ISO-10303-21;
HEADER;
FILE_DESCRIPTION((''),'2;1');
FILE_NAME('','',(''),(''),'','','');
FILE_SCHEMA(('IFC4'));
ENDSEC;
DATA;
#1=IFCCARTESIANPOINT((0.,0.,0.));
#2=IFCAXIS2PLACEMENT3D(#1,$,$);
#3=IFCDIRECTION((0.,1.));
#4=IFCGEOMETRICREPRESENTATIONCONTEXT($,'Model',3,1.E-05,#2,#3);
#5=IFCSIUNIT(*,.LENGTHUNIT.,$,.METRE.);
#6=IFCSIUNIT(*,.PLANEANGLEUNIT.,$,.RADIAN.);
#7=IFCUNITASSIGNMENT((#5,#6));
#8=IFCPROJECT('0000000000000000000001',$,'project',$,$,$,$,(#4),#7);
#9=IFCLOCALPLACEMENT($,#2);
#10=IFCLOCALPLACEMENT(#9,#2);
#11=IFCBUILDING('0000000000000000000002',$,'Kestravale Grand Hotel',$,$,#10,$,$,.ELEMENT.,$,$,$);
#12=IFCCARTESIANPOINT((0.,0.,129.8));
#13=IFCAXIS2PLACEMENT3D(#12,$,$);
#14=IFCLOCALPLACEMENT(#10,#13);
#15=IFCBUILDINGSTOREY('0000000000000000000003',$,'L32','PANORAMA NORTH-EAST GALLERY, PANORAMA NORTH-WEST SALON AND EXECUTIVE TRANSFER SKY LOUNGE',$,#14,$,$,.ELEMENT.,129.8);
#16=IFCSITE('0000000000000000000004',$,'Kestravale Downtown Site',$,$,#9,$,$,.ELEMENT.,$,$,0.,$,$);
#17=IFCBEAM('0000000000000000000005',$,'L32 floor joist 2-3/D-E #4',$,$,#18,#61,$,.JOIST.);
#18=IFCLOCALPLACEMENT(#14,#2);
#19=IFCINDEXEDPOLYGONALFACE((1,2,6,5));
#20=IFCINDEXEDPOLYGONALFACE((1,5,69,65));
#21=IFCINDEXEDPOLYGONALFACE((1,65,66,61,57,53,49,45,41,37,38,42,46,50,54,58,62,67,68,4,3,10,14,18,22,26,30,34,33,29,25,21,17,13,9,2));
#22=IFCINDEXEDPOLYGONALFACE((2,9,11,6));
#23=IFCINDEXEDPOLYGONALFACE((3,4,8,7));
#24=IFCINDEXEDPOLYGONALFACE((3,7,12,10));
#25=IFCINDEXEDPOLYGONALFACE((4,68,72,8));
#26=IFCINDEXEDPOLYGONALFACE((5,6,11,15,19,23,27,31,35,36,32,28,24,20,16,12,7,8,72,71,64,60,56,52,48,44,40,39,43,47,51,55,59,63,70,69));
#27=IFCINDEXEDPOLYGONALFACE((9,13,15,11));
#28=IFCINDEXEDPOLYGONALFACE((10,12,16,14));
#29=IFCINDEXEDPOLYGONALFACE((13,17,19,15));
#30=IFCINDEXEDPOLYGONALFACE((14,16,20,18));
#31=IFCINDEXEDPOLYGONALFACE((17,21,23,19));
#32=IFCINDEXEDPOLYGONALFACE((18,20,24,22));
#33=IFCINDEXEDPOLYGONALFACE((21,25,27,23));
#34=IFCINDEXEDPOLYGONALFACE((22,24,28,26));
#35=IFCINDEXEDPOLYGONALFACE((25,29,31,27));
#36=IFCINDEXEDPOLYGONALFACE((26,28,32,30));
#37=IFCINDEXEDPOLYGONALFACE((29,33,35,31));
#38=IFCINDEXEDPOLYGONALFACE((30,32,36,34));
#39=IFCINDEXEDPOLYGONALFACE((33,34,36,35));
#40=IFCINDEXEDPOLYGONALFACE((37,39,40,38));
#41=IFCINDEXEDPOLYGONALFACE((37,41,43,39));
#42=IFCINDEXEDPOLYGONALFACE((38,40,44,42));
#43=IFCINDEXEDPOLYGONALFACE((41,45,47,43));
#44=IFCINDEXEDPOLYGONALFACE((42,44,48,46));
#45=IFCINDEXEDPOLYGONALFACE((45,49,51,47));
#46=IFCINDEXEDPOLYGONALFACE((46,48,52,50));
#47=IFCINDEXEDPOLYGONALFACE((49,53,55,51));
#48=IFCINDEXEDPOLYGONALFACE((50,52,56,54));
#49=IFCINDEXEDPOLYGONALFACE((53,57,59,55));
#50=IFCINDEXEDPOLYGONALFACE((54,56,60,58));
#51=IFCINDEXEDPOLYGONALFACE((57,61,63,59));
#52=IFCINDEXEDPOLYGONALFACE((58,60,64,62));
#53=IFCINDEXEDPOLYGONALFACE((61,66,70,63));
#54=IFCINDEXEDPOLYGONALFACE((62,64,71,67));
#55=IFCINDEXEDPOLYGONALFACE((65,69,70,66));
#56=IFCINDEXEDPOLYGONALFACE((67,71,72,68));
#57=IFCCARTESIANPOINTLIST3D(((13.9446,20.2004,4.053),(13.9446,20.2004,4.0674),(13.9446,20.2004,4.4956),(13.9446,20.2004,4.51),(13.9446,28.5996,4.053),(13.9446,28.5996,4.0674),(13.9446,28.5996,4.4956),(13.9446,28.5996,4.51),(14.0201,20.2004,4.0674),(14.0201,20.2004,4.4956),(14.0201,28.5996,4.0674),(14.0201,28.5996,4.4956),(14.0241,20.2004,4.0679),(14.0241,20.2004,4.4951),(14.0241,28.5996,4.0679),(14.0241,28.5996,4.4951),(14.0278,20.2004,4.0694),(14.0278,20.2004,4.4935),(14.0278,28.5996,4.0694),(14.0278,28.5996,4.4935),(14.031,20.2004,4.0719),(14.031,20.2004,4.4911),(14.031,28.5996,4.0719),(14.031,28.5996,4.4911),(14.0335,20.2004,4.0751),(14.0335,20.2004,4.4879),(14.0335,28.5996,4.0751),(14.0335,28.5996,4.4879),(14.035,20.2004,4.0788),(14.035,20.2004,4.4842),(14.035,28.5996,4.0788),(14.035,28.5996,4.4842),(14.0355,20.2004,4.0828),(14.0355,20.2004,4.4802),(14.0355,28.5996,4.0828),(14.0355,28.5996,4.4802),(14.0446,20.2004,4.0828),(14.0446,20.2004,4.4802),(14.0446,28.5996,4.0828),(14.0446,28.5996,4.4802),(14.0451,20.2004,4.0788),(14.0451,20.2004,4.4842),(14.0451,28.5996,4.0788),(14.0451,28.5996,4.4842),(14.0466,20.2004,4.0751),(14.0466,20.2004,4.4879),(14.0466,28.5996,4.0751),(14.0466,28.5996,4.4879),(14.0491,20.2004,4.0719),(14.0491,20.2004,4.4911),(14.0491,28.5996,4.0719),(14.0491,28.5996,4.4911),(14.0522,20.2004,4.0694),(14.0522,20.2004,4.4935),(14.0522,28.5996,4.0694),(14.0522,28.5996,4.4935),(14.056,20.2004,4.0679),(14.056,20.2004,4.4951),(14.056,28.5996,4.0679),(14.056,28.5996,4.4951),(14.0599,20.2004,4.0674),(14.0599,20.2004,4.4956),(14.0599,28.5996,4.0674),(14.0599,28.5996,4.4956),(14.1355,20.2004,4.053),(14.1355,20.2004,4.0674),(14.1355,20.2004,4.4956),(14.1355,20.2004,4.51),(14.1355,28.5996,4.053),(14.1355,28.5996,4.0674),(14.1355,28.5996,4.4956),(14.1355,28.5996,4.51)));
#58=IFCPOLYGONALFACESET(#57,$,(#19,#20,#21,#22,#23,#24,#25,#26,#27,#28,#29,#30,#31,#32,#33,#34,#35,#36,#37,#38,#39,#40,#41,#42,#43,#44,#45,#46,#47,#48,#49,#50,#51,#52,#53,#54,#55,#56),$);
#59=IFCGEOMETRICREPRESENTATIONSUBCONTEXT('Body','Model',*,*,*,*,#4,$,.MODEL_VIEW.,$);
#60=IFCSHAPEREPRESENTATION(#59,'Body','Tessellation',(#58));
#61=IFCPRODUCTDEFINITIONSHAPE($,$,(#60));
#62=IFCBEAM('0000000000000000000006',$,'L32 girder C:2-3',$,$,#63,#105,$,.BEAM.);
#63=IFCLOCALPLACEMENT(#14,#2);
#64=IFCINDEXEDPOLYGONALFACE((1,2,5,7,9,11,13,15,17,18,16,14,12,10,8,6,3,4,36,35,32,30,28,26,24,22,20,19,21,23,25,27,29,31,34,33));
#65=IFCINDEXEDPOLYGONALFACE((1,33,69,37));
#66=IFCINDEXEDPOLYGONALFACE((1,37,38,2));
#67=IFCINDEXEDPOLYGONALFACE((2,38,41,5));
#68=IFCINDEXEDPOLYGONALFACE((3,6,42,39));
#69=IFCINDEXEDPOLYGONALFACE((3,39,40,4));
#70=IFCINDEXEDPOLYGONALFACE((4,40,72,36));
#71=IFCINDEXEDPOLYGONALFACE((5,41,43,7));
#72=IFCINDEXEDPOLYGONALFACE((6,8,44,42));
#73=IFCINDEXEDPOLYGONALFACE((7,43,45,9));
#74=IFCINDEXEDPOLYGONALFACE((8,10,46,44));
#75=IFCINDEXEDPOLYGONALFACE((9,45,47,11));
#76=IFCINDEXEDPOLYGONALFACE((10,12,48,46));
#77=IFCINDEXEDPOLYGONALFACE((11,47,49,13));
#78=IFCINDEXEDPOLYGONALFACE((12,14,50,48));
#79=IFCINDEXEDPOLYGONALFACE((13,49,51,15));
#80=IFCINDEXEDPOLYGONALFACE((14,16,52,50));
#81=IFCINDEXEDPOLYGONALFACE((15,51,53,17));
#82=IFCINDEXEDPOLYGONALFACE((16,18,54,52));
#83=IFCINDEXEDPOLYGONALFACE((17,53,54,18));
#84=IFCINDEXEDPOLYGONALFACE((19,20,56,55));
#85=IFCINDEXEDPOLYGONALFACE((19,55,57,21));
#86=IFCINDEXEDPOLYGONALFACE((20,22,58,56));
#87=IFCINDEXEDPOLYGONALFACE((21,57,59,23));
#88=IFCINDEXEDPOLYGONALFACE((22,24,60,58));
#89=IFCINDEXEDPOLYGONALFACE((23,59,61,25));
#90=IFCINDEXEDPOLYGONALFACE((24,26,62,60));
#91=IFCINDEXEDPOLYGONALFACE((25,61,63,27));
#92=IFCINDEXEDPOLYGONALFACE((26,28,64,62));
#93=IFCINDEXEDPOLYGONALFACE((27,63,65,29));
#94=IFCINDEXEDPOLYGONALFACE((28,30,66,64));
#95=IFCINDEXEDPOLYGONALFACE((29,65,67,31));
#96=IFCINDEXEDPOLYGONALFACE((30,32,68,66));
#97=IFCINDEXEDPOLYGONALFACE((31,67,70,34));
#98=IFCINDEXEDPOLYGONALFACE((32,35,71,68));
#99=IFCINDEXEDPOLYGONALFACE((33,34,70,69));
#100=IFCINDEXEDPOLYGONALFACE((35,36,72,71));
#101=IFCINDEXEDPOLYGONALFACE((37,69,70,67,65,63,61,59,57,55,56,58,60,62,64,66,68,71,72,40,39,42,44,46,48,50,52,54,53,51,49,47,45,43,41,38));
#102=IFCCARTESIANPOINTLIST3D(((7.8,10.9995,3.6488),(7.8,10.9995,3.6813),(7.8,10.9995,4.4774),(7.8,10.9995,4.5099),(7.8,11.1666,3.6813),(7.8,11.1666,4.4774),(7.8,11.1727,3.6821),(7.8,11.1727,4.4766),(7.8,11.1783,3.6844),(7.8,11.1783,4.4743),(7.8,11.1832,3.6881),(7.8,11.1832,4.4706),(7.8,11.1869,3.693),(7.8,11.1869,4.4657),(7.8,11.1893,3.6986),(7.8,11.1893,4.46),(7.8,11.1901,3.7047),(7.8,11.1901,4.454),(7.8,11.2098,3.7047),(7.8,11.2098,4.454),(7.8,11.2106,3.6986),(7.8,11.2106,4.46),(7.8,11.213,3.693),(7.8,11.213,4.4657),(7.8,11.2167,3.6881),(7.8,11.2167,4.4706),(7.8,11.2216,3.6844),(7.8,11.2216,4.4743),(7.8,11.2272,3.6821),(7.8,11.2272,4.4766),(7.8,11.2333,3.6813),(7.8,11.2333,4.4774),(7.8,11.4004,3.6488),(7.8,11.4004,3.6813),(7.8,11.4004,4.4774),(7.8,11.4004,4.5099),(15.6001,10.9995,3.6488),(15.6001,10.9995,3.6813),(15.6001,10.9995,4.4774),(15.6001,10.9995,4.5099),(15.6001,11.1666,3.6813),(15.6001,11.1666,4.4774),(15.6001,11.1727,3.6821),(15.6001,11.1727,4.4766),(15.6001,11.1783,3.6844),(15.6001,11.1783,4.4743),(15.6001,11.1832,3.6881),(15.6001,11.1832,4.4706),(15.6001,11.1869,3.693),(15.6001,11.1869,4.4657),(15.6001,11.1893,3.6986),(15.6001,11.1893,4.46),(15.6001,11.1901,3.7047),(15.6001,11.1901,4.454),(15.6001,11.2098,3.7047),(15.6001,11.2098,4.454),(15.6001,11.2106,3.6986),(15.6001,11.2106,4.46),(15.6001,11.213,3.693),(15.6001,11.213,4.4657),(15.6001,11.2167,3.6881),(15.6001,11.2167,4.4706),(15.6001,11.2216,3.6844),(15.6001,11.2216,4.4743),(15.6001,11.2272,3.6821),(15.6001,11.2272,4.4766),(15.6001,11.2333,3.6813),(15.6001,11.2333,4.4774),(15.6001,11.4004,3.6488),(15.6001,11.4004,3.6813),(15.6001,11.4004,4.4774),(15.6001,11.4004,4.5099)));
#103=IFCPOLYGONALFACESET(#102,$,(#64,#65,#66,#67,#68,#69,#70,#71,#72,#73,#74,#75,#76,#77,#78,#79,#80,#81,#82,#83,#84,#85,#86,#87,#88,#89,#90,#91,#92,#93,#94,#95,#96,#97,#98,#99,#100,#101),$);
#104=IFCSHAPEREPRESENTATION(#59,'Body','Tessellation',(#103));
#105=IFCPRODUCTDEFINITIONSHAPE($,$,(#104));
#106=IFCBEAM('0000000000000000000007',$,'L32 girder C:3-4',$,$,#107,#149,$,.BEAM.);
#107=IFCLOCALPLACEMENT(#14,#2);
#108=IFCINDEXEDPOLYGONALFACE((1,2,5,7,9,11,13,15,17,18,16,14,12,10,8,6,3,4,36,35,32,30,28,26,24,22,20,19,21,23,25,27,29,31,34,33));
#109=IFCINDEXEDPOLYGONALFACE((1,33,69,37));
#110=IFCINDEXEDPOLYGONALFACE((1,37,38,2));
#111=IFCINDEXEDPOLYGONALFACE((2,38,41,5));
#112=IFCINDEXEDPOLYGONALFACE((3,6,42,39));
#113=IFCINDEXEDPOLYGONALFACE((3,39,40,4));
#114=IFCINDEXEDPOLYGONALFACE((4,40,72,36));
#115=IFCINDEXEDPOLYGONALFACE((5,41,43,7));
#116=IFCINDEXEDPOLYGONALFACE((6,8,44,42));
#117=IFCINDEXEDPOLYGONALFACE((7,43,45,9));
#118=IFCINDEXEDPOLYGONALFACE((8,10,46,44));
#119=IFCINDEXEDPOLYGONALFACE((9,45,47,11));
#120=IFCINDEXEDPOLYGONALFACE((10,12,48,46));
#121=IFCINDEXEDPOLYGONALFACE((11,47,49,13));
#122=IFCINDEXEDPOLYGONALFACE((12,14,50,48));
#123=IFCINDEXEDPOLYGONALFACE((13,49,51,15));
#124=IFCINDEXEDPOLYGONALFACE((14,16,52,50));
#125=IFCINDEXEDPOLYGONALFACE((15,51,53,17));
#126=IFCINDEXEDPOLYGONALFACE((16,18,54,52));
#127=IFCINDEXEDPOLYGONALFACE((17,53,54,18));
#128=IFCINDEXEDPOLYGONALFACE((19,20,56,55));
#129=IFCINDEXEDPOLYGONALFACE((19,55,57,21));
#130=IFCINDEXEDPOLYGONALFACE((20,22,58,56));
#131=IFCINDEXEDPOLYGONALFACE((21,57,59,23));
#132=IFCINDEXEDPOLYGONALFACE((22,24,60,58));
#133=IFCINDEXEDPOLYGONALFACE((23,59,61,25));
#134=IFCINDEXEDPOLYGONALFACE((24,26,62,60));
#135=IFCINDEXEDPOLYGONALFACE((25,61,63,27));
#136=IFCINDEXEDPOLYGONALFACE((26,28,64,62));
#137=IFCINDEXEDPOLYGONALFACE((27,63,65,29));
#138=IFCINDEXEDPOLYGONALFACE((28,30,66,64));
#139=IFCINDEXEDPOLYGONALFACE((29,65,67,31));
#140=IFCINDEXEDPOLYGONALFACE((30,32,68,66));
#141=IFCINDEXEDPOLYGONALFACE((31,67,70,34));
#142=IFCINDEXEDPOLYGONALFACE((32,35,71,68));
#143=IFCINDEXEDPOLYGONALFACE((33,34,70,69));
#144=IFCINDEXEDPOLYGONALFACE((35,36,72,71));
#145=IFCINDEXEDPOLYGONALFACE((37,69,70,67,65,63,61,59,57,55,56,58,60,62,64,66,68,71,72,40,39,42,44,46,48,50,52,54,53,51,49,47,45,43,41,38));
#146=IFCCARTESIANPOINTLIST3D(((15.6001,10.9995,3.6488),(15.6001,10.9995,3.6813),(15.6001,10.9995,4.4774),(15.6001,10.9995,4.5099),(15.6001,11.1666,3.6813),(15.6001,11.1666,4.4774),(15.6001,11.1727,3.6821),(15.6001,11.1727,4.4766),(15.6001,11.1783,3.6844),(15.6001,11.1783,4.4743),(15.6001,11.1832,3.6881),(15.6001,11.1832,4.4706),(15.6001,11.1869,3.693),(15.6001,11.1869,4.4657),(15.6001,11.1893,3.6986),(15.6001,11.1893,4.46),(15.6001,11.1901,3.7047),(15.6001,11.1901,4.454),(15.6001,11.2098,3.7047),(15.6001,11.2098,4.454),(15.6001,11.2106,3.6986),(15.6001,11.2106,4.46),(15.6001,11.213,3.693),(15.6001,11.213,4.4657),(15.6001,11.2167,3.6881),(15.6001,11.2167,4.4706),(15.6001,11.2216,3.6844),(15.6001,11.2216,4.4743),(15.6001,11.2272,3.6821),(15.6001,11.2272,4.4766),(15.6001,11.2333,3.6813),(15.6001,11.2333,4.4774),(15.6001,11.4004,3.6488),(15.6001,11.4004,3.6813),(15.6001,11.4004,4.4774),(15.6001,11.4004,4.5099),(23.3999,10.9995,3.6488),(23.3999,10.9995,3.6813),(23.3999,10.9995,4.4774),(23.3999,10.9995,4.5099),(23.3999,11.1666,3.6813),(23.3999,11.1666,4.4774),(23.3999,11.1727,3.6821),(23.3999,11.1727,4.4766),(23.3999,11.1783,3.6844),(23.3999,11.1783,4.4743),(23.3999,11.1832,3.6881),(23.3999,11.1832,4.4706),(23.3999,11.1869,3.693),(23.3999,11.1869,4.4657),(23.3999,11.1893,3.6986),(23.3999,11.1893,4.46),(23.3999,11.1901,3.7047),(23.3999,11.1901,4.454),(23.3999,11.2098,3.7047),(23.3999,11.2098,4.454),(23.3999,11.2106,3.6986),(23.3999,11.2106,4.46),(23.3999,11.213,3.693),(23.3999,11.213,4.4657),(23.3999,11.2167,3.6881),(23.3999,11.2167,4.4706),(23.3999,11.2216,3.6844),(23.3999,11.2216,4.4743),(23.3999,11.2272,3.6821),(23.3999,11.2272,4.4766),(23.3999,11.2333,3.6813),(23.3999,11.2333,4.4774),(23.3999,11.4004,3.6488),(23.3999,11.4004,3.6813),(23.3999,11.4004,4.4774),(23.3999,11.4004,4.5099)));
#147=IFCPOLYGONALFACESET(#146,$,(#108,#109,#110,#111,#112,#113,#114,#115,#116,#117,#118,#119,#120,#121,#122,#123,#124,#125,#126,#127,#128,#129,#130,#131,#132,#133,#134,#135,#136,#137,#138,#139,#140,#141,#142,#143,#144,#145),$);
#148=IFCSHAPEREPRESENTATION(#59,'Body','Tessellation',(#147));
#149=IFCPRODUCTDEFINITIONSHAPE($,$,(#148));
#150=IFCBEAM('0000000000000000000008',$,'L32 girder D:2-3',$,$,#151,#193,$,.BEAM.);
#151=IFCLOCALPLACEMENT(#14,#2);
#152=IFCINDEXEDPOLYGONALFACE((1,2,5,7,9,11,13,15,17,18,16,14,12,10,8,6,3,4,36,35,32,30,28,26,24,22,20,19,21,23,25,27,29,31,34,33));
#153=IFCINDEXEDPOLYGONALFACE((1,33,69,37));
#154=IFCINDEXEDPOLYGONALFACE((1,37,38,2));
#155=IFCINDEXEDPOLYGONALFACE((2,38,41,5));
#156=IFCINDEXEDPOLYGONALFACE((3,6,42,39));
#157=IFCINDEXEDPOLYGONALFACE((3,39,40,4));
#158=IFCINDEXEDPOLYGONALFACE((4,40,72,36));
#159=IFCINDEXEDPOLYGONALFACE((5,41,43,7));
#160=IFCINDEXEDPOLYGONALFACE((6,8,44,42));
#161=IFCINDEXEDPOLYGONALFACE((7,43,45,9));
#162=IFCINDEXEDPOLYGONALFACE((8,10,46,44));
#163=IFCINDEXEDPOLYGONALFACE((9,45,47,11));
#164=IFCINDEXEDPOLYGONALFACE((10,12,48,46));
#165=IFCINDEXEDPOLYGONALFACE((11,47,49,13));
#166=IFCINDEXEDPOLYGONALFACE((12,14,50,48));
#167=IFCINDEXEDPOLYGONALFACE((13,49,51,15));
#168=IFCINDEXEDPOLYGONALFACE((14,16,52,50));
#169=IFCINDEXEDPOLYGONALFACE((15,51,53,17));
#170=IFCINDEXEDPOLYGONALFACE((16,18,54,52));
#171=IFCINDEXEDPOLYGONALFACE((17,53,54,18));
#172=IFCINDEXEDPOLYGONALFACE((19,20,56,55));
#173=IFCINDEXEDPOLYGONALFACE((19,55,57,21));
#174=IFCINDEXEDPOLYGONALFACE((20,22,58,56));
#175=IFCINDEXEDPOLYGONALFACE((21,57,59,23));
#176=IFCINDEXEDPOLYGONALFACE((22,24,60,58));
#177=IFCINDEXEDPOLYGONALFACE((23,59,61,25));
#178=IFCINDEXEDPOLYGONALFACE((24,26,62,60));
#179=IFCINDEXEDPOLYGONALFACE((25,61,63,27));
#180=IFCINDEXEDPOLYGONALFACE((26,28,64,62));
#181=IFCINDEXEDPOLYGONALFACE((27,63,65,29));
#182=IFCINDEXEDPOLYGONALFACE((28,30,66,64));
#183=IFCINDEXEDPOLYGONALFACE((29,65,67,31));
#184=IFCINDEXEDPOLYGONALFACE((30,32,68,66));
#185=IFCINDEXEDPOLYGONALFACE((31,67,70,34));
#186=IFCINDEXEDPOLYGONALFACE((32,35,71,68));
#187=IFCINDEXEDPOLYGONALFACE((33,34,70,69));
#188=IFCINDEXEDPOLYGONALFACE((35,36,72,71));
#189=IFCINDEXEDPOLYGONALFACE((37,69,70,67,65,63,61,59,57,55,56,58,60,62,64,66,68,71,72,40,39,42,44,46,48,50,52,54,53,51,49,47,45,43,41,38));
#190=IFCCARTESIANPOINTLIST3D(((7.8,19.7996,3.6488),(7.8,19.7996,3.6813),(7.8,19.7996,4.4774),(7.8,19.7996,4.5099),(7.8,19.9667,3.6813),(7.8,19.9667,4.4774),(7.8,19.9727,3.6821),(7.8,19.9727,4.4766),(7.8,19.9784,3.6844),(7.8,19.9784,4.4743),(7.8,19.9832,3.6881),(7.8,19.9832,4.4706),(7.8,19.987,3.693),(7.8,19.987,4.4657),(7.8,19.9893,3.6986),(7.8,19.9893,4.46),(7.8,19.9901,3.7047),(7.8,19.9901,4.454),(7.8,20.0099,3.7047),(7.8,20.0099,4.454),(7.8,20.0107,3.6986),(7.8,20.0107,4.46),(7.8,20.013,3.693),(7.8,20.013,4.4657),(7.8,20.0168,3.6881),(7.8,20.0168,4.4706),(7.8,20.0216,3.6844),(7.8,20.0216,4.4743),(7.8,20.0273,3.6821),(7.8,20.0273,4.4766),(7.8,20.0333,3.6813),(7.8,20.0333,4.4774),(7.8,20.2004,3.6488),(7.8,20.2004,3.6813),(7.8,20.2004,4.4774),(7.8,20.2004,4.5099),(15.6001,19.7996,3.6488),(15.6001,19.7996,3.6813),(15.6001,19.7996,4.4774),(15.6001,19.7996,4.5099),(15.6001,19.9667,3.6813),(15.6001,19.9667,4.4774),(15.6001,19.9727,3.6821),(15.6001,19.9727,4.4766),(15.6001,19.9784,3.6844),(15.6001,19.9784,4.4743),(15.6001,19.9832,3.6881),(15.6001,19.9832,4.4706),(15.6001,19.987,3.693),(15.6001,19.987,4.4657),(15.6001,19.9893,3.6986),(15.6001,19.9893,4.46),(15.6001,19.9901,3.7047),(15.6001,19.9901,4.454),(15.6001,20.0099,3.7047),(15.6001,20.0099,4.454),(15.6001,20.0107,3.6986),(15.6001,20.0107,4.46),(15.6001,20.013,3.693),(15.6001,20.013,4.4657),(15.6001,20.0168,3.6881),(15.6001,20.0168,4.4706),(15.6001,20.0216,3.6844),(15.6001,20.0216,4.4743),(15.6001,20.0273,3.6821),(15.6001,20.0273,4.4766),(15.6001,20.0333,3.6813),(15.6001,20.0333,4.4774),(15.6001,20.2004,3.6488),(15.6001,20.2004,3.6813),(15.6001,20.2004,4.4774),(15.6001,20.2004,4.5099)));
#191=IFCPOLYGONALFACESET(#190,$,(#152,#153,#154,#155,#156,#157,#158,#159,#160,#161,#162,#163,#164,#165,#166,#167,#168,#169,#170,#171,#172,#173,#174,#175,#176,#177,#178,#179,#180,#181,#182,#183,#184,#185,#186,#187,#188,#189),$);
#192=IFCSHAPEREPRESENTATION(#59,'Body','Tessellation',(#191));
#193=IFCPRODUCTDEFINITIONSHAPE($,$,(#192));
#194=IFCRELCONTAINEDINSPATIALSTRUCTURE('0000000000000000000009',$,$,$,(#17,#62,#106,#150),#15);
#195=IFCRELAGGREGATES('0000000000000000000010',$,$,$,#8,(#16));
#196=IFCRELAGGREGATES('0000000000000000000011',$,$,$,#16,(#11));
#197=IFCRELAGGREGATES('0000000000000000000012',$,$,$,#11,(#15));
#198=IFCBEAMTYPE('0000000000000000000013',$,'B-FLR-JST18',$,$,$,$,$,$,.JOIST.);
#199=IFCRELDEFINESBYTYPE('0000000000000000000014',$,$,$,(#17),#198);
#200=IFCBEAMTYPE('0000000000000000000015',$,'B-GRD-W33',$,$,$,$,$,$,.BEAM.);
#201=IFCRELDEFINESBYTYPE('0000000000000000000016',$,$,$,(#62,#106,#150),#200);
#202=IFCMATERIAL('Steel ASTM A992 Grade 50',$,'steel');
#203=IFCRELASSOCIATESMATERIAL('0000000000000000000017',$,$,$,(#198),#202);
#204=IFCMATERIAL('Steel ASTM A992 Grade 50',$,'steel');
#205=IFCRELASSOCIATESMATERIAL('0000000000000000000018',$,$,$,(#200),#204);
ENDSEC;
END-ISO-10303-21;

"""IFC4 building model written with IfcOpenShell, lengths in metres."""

from ifc_helpers import new_model, si_unit, direction, frame, origin, origin_2d, place, context, subcontext, project, spatial, i_section, extrude, material, material_profile, profile_set, type_object, element, save


model = new_model("IFC4")

# Units and contexts
model_context = context("Model", 3, precision=1e-05, world=origin(), true_north=direction((0.0, 1.0)))
body_context = subcontext(model_context, "Body", "Model", "MODEL_VIEW")
ifc_project = project(units=[si_unit("LENGTHUNIT", "METRE"), si_unit("PLANEANGLEUNIT", "RADIAN")], contexts=[model_context])

# Site, building, storey
site_placement = place(None, origin())
site = spatial("IfcSite", under=ifc_project, at=site_placement, Name="Kestravale Downtown Site", CompositionType="ELEMENT", RefElevation=0.0)
building_placement = place(site_placement, origin())
building = spatial("IfcBuilding", under=site, at=building_placement, Name="Kestravale Grand Hotel", CompositionType="ELEMENT")
storey_placement = place(building_placement, frame((0.0, 0.0, 129.8)))
storey = spatial("IfcBuildingStorey", under=building, at=storey_placement, Name="L32", Description="PANORAMA NORTH-EAST GALLERY, PANORAMA NORTH-WEST SALON AND EXECUTIVE TRANSFER SKY LOUNGE", CompositionType="ELEMENT", Elevation=129.8)

# Beams
ifc_material_1 = material(Name="Steel ASTM A992 Grade 50", Category="steel")
ifc_material_profile_1 = material_profile(ifc_material_1, i_section(OverallWidth=0.1909, OverallDepth=0.457, WebThickness=0.009, FlangeThickness=0.0144, FilletRadius=0.0154, at=origin_2d()))
ifc_profile_set_1 = profile_set([ifc_material_profile_1], Name="Steel ASTM A992 Grade 50")
beam_type_1 = type_object("IfcBeamType", Name="B-FLR-JST18", PredefinedType="JOIST", material=ifc_profile_set_1)
for number, where, z_axis, x_axis, name in (
    (1, (14.04, 20.2004, 4.2815), (0.0, 1.0, 0.0), (-1.0, 0.0, 0.0), "L32 floor joist 2-3/D-E #4"),
):
    element("IfcBeam", number, at=place(storey_placement, frame(where, z_axis=z_axis, x_axis=x_axis)), inside=storey, type_object=beam_type_1, Name=name, PredefinedType="JOIST", context=body_context, shape_type="SweptSolid", body=[
        extrude(i_section(OverallWidth=0.1909, OverallDepth=0.457, WebThickness=0.009, FlangeThickness=0.0144, FilletRadius=0.0154, at=origin_2d()), origin(), (0.0, 0.0, 1.0), 8.3992),
    ])
ifc_material_2 = material(Name="Steel ASTM A992 Grade 50", Category="steel")
ifc_material_profile_2 = material_profile(ifc_material_2, i_section(OverallWidth=0.4009, OverallDepth=0.8611, WebThickness=0.0198, FlangeThickness=0.0325, FilletRadius=0.0234, at=origin_2d()))
ifc_profile_set_2 = profile_set([ifc_material_profile_2], Name="Steel ASTM A992 Grade 50")
beam_type_2 = type_object("IfcBeamType", Name="B-GRD-W33", PredefinedType="BEAM", material=ifc_profile_set_2)
beam_1_placement = place(storey_placement, frame((7.8, 11.2, 4.0793), z_axis=(1.0, 0.0, 0.0), x_axis=(0.0, 1.0, 0.0)))
element("IfcBeam", 2, at=beam_1_placement, inside=storey, type_object=beam_type_2, Name="L32 girder C:2-3", PredefinedType="BEAM", context=body_context, shape_type="SweptSolid", body=[
    extrude(i_section(OverallWidth=0.4009, OverallDepth=0.8611, WebThickness=0.0198, FlangeThickness=0.0325, FilletRadius=0.0234, at=origin_2d()), origin(), (0.0, 0.0, 1.0), 7.8),
])
beam_2_placement = place(storey_placement, frame((15.6001, 11.2, 4.0793), z_axis=(1.0, 0.0, 0.0), x_axis=(0.0, 1.0, 0.0)))
element("IfcBeam", 3, at=beam_2_placement, inside=storey, type_object=beam_type_2, Name="L32 girder C:3-4", PredefinedType="BEAM", context=body_context, shape_type="SweptSolid", body=[
    extrude(i_section(OverallWidth=0.4009, OverallDepth=0.8611, WebThickness=0.0198, FlangeThickness=0.0325, FilletRadius=0.0234, at=origin_2d()), origin(), (0.0, 0.0, 1.0), 7.7998),
])
beam_3_placement = place(storey_placement, frame((7.8, 20.0, 4.0793), z_axis=(1.0, 0.0, 0.0), x_axis=(0.0, 1.0, 0.0)))
element("IfcBeam", 4, at=beam_3_placement, inside=storey, type_object=beam_type_2, Name="L32 girder D:2-3", PredefinedType="BEAM", context=body_context, shape_type="SweptSolid", body=[
    extrude(i_section(OverallWidth=0.4009, OverallDepth=0.8611, WebThickness=0.0198, FlangeThickness=0.0325, FilletRadius=0.0234, at=origin_2d()), origin(), (0.0, 0.0, 1.0), 7.8),
])

save(model, "model.ifc")
